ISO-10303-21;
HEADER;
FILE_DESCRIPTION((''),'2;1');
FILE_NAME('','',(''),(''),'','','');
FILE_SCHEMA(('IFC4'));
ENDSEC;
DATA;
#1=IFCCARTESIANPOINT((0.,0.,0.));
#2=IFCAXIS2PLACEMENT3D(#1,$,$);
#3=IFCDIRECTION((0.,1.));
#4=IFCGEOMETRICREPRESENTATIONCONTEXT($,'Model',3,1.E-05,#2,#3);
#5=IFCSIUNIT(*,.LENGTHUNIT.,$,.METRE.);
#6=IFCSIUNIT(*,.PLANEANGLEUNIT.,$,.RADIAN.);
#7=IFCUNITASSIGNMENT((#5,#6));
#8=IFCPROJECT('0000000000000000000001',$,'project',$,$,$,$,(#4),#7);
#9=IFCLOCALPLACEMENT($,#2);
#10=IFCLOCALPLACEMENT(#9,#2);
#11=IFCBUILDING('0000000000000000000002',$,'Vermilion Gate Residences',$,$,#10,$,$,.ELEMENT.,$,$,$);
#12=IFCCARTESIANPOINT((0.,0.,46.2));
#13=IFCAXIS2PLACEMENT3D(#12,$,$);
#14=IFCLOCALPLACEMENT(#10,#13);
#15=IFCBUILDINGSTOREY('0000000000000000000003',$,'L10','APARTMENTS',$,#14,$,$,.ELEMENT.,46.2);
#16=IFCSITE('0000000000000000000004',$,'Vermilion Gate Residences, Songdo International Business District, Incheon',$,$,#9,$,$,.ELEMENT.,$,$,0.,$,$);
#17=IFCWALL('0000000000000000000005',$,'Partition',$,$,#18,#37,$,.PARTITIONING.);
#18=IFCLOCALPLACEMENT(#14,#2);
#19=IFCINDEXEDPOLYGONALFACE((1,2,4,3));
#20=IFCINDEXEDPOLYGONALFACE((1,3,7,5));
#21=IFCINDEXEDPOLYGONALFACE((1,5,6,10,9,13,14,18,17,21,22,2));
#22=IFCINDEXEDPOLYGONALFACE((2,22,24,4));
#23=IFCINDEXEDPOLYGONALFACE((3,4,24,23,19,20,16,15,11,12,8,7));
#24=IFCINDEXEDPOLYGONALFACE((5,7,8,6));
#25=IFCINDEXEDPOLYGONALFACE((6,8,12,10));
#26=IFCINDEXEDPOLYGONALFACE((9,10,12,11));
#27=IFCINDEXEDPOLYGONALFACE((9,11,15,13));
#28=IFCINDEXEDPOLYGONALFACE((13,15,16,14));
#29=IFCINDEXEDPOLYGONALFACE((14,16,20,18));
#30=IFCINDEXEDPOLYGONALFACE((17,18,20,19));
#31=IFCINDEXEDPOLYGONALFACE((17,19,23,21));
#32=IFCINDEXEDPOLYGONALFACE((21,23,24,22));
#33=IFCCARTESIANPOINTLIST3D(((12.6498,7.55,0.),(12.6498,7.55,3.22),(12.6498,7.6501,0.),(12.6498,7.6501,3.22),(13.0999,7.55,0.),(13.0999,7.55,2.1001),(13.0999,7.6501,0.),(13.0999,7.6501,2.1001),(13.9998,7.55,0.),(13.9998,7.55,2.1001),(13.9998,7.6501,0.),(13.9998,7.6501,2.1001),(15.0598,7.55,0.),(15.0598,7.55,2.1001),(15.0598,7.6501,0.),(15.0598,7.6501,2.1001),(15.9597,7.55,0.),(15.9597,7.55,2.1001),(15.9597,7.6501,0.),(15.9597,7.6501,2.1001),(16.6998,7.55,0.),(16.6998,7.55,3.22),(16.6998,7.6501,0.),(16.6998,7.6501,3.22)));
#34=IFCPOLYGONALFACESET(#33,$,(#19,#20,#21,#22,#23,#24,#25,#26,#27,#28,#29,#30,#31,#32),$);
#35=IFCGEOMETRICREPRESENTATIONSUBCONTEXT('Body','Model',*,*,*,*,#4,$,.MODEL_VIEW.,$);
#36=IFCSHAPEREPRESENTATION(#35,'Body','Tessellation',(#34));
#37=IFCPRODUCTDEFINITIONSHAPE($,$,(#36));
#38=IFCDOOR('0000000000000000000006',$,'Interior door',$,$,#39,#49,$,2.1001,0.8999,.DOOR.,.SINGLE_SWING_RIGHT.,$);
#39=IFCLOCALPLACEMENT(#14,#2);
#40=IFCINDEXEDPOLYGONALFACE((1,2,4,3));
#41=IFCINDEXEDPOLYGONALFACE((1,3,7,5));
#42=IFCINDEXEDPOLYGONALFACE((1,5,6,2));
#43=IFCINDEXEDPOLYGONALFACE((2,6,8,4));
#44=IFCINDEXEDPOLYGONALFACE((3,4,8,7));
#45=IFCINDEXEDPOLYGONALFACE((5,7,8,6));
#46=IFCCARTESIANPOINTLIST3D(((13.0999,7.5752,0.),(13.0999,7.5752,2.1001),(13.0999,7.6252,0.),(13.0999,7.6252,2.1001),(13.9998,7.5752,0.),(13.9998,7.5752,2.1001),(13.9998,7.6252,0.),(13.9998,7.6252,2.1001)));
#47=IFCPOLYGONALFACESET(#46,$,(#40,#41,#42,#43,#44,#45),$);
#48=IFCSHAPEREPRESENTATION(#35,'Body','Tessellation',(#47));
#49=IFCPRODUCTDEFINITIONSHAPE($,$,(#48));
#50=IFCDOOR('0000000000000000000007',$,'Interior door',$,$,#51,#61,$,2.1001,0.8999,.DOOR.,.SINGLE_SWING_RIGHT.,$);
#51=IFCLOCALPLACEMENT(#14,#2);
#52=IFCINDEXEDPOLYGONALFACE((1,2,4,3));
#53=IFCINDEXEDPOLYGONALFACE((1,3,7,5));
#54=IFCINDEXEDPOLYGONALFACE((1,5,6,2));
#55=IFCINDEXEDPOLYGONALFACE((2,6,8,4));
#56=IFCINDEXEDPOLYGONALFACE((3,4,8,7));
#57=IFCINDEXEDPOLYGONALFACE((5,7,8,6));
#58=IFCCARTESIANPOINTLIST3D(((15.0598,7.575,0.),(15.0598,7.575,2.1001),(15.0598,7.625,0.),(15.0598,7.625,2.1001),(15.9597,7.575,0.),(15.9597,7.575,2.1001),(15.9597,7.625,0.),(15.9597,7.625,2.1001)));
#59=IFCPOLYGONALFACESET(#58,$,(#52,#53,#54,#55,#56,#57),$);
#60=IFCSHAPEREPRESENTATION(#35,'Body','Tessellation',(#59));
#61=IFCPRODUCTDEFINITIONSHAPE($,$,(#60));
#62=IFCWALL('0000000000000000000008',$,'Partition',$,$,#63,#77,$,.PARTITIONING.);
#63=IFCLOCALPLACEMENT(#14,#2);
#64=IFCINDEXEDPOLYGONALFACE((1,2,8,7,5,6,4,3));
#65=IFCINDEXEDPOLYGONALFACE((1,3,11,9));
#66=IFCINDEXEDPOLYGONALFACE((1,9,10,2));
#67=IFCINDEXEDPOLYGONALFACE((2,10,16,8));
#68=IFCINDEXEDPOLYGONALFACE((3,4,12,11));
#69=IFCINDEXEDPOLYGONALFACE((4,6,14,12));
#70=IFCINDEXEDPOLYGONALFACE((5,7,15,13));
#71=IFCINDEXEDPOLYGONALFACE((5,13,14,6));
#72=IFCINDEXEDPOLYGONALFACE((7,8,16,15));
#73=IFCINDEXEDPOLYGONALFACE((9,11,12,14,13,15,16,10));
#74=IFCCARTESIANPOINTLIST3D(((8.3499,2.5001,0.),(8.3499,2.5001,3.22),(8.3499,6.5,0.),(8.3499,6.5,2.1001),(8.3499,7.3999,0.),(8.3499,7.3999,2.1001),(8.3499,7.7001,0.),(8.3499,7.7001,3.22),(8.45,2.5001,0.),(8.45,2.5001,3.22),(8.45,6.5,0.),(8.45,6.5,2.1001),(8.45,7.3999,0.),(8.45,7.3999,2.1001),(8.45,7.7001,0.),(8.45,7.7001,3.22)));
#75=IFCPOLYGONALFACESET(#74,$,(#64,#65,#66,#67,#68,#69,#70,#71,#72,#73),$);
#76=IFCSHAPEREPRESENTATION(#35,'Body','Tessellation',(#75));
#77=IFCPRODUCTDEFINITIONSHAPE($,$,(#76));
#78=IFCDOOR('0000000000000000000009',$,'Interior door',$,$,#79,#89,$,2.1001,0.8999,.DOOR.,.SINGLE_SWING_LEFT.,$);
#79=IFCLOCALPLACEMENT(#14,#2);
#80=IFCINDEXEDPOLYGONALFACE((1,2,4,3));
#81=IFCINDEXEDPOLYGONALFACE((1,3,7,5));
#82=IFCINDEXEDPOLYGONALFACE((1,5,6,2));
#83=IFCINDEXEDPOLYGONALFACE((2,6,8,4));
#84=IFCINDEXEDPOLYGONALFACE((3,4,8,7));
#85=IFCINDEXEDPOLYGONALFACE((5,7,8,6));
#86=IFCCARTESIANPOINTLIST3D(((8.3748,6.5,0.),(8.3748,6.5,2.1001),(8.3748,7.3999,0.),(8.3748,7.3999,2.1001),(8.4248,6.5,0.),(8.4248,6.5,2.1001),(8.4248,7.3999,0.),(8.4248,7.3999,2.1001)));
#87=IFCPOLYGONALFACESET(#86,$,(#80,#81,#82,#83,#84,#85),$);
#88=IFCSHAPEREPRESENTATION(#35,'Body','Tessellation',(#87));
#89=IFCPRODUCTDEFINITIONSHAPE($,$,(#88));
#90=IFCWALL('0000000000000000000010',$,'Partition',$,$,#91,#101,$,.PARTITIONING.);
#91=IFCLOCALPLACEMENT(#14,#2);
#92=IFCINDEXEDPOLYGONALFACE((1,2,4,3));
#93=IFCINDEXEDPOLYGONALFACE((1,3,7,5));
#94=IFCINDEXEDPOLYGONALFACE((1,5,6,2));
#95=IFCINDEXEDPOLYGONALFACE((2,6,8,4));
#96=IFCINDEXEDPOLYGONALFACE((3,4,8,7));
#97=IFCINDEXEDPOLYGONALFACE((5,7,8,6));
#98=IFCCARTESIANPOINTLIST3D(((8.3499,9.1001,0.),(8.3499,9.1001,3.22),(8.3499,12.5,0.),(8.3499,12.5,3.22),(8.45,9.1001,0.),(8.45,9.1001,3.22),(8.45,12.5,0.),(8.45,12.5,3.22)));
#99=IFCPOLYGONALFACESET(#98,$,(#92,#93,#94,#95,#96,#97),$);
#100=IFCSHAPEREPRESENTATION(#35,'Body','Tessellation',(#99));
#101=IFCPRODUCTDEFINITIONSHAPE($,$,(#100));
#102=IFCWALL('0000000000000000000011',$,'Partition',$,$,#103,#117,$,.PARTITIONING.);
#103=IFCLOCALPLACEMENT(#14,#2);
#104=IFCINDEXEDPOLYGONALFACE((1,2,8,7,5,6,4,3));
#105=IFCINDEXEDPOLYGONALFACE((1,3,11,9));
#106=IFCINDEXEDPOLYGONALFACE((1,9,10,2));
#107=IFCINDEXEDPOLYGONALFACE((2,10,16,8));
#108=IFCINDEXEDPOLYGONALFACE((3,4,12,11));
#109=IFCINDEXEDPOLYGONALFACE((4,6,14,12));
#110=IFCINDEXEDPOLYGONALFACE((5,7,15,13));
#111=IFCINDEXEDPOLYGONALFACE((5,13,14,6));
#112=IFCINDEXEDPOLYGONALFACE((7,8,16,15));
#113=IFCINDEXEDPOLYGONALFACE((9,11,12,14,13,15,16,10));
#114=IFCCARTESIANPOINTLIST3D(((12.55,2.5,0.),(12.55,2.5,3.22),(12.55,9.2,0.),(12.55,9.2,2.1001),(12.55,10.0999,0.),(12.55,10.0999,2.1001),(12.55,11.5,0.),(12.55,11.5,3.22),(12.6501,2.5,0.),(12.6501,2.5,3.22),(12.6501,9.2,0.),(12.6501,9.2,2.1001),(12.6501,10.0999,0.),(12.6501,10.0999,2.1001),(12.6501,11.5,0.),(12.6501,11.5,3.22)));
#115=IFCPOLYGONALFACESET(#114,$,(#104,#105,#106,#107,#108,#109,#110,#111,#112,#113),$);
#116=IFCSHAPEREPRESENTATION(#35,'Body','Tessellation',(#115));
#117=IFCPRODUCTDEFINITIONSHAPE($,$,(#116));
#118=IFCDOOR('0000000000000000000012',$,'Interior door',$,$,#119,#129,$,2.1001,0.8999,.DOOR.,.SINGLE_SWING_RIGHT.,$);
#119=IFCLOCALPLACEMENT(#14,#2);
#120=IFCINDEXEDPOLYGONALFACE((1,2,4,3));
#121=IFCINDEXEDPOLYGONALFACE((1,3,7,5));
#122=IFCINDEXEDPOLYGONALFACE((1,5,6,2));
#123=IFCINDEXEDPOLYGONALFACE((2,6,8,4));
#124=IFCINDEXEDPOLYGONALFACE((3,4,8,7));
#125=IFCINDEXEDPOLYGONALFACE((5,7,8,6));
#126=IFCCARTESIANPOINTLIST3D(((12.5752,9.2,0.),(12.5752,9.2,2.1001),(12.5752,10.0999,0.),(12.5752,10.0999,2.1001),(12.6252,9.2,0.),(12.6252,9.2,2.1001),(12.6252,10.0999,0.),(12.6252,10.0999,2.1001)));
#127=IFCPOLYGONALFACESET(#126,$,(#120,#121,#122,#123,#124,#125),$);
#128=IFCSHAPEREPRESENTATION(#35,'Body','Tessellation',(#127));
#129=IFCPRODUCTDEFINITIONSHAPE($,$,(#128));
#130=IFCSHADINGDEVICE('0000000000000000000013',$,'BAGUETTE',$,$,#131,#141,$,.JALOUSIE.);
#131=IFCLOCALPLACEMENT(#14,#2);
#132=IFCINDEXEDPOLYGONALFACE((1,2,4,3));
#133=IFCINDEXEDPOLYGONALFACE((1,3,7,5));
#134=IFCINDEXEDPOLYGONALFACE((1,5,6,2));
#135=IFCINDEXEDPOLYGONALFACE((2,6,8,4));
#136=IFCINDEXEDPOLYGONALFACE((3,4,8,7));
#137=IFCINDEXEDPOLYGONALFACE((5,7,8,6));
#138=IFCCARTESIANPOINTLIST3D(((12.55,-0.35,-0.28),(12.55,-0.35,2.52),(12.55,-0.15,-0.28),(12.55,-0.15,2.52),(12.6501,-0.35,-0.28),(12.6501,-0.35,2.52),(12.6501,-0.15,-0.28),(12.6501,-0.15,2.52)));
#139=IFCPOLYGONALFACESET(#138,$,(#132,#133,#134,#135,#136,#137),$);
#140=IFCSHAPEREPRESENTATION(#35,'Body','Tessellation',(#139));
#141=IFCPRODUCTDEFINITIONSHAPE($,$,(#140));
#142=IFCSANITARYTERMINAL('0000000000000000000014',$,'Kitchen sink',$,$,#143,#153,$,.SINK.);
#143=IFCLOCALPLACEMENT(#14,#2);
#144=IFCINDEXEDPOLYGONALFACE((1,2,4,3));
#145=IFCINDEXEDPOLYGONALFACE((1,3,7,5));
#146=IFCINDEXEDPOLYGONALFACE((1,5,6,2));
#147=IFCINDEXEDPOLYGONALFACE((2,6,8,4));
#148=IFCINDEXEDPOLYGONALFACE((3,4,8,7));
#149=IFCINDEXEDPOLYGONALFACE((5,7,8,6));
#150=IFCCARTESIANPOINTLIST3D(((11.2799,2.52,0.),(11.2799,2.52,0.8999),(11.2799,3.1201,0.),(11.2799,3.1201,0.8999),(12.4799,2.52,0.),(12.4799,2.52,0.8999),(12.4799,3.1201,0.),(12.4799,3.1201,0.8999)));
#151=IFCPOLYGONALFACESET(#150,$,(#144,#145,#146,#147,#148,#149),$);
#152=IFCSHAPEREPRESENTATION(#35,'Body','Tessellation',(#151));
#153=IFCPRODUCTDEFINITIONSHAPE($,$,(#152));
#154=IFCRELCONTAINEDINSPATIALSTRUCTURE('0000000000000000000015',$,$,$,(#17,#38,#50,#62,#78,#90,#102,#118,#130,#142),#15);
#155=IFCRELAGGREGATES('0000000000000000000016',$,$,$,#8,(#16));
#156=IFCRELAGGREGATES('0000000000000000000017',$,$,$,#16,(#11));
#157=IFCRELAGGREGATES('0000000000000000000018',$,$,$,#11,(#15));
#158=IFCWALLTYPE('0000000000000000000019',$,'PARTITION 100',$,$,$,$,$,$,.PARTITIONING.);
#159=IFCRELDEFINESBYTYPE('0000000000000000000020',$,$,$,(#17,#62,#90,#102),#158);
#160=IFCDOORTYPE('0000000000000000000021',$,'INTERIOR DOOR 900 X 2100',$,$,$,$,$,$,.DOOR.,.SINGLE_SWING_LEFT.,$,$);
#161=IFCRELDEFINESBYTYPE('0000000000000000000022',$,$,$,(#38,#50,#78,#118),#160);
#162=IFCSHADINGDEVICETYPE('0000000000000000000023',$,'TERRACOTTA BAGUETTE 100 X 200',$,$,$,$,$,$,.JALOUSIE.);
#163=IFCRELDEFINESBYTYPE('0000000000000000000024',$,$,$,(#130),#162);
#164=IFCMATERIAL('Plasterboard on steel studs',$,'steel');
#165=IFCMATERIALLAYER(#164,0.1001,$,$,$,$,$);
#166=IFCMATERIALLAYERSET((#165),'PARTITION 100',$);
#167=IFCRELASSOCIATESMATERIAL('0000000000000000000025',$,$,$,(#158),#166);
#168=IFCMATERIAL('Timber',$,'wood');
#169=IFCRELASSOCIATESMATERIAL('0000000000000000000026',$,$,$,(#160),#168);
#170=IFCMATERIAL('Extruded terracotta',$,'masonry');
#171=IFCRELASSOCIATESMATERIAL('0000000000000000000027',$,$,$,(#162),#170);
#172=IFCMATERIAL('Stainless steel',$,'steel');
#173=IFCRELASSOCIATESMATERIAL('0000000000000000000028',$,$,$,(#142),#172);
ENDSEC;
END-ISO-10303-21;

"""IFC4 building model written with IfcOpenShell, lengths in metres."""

from ifc_helpers import new_model, si_unit, direction, frame, frame_2d, origin, origin_2d, place, context, subcontext, project, spatial, rectangle, extrude, material, layer, layer_set, material_profile, profile_set, type_object, element, fill, save


model = new_model("IFC4")

# Units and contexts
model_context = context("Model", 3, precision=1e-05, world=origin(), true_north=direction((0.0, 1.0)))
body_context = subcontext(model_context, "Body", "Model", "MODEL_VIEW")
ifc_project = project(units=[si_unit("LENGTHUNIT", "METRE"), si_unit("PLANEANGLEUNIT", "RADIAN")], contexts=[model_context])

# Site, building, storey
site_placement = place(None, origin())
site = spatial("IfcSite", under=ifc_project, at=site_placement, Name="Vermilion Gate Residences, Songdo International Business District, Incheon", CompositionType="ELEMENT", RefElevation=0.0)
building_placement = place(site_placement, origin())
building = spatial("IfcBuilding", under=site, at=building_placement, Name="Vermilion Gate Residences", CompositionType="ELEMENT")
storey_placement = place(building_placement, frame((0.0, 0.0, 46.2)))
storey = spatial("IfcBuildingStorey", under=building, at=storey_placement, Name="L10", Description="APARTMENTS", CompositionType="ELEMENT", Elevation=46.2)

# Wall, openings, doors
ifc_material_1 = material(Name="Plasterboard on steel studs", Category="steel")
ifc_layer_1 = layer(ifc_material_1, 0.1001)
ifc_layer_set_1 = layer_set([ifc_layer_1], Name="PARTITION 100")
wall_type_1 = type_object("IfcWallType", Name="PARTITION 100", PredefinedType="PARTITIONING", material=ifc_layer_set_1)
ifc_material_2 = material(Name="Timber", Category="wood")
door_type = type_object("IfcDoorType", Name="INTERIOR DOOR 900 X 2100", OperationType="SINGLE_SWING_LEFT", PredefinedType="DOOR", material=ifc_material_2)
wall_1_placement = place(storey_placement, frame((12.6499, 7.6001, 0.0), z_axis=(0.0, 0.0, 1.0), x_axis=(1.0, 0.0, 0.0)))
wall_1 = element("IfcWall", 1, at=wall_1_placement, inside=storey, type_object=wall_type_1, Name="Partition", PredefinedType="PARTITIONING", context=body_context, shape_type="SweptSolid", body=[
    extrude(rectangle(XDim=4.05, YDim=0.1001, at=frame_2d((2.0249, 0.0))), origin(), (0.0, 0.0, 1.0), 3.22),
])
opening_1_placement = place(wall_1_placement, frame((0.45, 0.0, 0.0)))
opening_1 = element("IfcOpeningElement", 2, at=opening_1_placement, cuts=wall_1, PredefinedType="OPENING", context=body_context, shape_type="SweptSolid", body=[
    extrude(rectangle(XDim=0.8999, YDim=2.1001, at=frame_2d((0.45, 1.05))), frame((0.0, 0.0601, 0.0), z_axis=(0.0, -1.0, 0.0), x_axis=(1.0, 0.0, 0.0)), (0.0, 0.0, 1.0), 0.1201),
])
opening_2_placement = place(wall_1_placement, frame((2.4099, 0.0, 0.0)))
opening_2 = element("IfcOpeningElement", 3, at=opening_2_placement, cuts=wall_1, PredefinedType="OPENING", context=body_context, shape_type="SweptSolid", body=[
    extrude(rectangle(XDim=0.8999, YDim=2.1001, at=frame_2d((0.45, 1.05))), frame((0.0, 0.0601, 0.0), z_axis=(0.0, -1.0, 0.0), x_axis=(1.0, 0.0, 0.0)), (0.0, 0.0, 1.0), 0.1201),
])
door_1_placement = place(opening_1_placement, frame((0.8999, 0.0, 0.0), z_axis=(0.0, 0.0, 1.0), x_axis=(-1.0, 0.0, 0.0)))
door_1 = element("IfcDoor", 4, at=door_1_placement, inside=storey, type_object=door_type, Name="Interior door", OperationType="SINGLE_SWING_RIGHT", OverallHeight=2.1001, OverallWidth=0.8999, PredefinedType="DOOR", context=body_context, shape_type="SweptSolid", body=[
    extrude(rectangle(XDim=0.8999, YDim=2.1001, at=frame_2d((0.45, 1.05))), frame((0.0, 0.0249, 0.0), z_axis=(0.0, -1.0, 0.0), x_axis=(1.0, 0.0, 0.0)), (0.0, 0.0, 1.0), 0.05),
])
fill(opening_1, door_1)
door_2_placement = place(opening_2_placement, origin())
door_2 = element("IfcDoor", 5, at=door_2_placement, inside=storey, type_object=door_type, Name="Interior door", OperationType="SINGLE_SWING_RIGHT", OverallHeight=2.1001, OverallWidth=0.8999, PredefinedType="DOOR", context=body_context, shape_type="SweptSolid", body=[
    extrude(rectangle(XDim=0.8999, YDim=2.1001, at=frame_2d((0.45, 1.05))), frame((0.0, 0.0249, 0.0), z_axis=(0.0, -1.0, 0.0), x_axis=(1.0, 0.0, 0.0)), (0.0, 0.0, 1.0), 0.05),
])
fill(opening_2, door_2)

# Wall, opening, door
wall_2_placement = place(storey_placement, frame((8.3999, 2.5, 0.0), z_axis=(0.0, 0.0, 1.0), x_axis=(0.0, 1.0, 0.0)))
wall_2 = element("IfcWall", 6, at=wall_2_placement, inside=storey, type_object=wall_type_1, Name="Partition", PredefinedType="PARTITIONING", context=body_context, shape_type="SweptSolid", body=[
    extrude(rectangle(XDim=5.2, YDim=0.1001, at=frame_2d((2.6001, 0.0))), origin(), (0.0, 0.0, 1.0), 3.22),
])
opening_3_placement = place(wall_2_placement, frame((4.0, 0.0, 0.0)))
opening_3 = element("IfcOpeningElement", 7, at=opening_3_placement, cuts=wall_2, PredefinedType="OPENING", context=body_context, shape_type="SweptSolid", body=[
    extrude(rectangle(XDim=0.8999, YDim=2.1001, at=frame_2d((0.45, 1.05))), frame((0.0, 0.0601, 0.0), z_axis=(0.0, -1.0, 0.0), x_axis=(1.0, 0.0, 0.0)), (0.0, 0.0, 1.0), 0.1201),
])
door_3_placement = place(opening_3_placement, frame((0.8999, 0.0, 0.0), z_axis=(0.0, 0.0, 1.0), x_axis=(-1.0, 0.0, 0.0)))
door_3 = element("IfcDoor", 8, at=door_3_placement, inside=storey, type_object=door_type, Name="Interior door", OperationType="SINGLE_SWING_LEFT", OverallHeight=2.1001, OverallWidth=0.8999, PredefinedType="DOOR", context=body_context, shape_type="SweptSolid", body=[
    extrude(rectangle(XDim=0.8999, YDim=2.1001, at=frame_2d((0.45, 1.05))), frame((0.0, 0.0249, 0.0), z_axis=(0.0, -1.0, 0.0), x_axis=(1.0, 0.0, 0.0)), (0.0, 0.0, 1.0), 0.05),
])
fill(opening_3, door_3)

# Wall
wall_3_placement = place(storey_placement, frame((8.3999, 9.1001, 0.0), z_axis=(0.0, 0.0, 1.0), x_axis=(0.0, 1.0, 0.0)))
element("IfcWall", 9, at=wall_3_placement, inside=storey, type_object=wall_type_1, Name="Partition", PredefinedType="PARTITIONING", context=body_context, shape_type="SweptSolid", body=[
    extrude(rectangle(XDim=3.3999, YDim=0.1001, at=frame_2d((1.7, 0.0))), origin(), (0.0, 0.0, 1.0), 3.22),
])

# Wall, opening, door
wall_4_placement = place(storey_placement, frame((12.6001, 2.5, 0.0), z_axis=(0.0, 0.0, 1.0), x_axis=(0.0, 1.0, 0.0)))
wall_4 = element("IfcWall", 10, at=wall_4_placement, inside=storey, type_object=wall_type_1, Name="Partition", PredefinedType="PARTITIONING", context=body_context, shape_type="SweptSolid", body=[
    extrude(rectangle(XDim=9.0, YDim=0.1001, at=frame_2d((4.5, 0.0))), origin(), (0.0, 0.0, 1.0), 3.22),
])
opening_4_placement = place(wall_4_placement, frame((6.7, 0.0, 0.0)))
opening_4 = element("IfcOpeningElement", 11, at=opening_4_placement, cuts=wall_4, PredefinedType="OPENING", context=body_context, shape_type="SweptSolid", body=[
    extrude(rectangle(XDim=0.8999, YDim=2.1001, at=frame_2d((0.45, 1.05))), frame((0.0, 0.0601, 0.0), z_axis=(0.0, -1.0, 0.0), x_axis=(1.0, 0.0, 0.0)), (0.0, 0.0, 1.0), 0.1201),
])
door_4_placement = place(opening_4_placement, origin())
door_4 = element("IfcDoor", 12, at=door_4_placement, inside=storey, type_object=door_type, Name="Interior door", OperationType="SINGLE_SWING_RIGHT", OverallHeight=2.1001, OverallWidth=0.8999, PredefinedType="DOOR", context=body_context, shape_type="SweptSolid", body=[
    extrude(rectangle(XDim=0.8999, YDim=2.1001, at=frame_2d((0.45, 1.05))), frame((0.0, 0.0249, 0.0), z_axis=(0.0, -1.0, 0.0), x_axis=(1.0, 0.0, 0.0)), (0.0, 0.0, 1.0), 0.05),
])
fill(opening_4, door_4)

# Shading device
ifc_material_3 = material(Name="Extruded terracotta", Category="masonry")
ifc_material_profile_1 = material_profile(ifc_material_3, rectangle(XDim=0.2, YDim=0.1001, at=origin_2d()), Name="BAGUETTE 100 X 200")
ifc_profile_set_1 = profile_set([ifc_material_profile_1], Name="Extruded terracotta")
shading_device_type = type_object("IfcShadingDeviceType", Name="TERRACOTTA BAGUETTE 100 X 200", PredefinedType="JALOUSIE", material=ifc_profile_set_1)
shading_device_placement = place(storey_placement, frame((12.6001, -0.25, -0.28), z_axis=(0.0, 0.0, 1.0), x_axis=(0.0, 1.0, 0.0)))
element("IfcShadingDevice", 13, at=shading_device_placement, inside=storey, type_object=shading_device_type, Name="BAGUETTE", PredefinedType="JALOUSIE", context=body_context, shape_type="SweptSolid", body=[
    extrude(rectangle(XDim=0.2, YDim=0.1001, at=origin_2d()), origin(), (0.0, 0.0, 1.0), 2.8),
])

# Sanitary terminal
ifc_material_4 = material(Name="Stainless steel", Category="steel")
sanitary_terminal_placement = place(storey_placement, frame((11.8799, 2.8201, 0.0), z_axis=(0.0, 0.0, 1.0), x_axis=(1.0, 0.0, 0.0)))
element("IfcSanitaryTerminal", 14, at=sanitary_terminal_placement, inside=storey, material=ifc_material_4, Name="Kitchen sink", PredefinedType="SINK", context=body_context, shape_type="SweptSolid", body=[
    extrude(rectangle(XDim=1.2, YDim=0.6001, at=origin_2d()), origin(), (0.0, 0.0, 1.0), 0.8999),
])

save(model, "model.ifc")
